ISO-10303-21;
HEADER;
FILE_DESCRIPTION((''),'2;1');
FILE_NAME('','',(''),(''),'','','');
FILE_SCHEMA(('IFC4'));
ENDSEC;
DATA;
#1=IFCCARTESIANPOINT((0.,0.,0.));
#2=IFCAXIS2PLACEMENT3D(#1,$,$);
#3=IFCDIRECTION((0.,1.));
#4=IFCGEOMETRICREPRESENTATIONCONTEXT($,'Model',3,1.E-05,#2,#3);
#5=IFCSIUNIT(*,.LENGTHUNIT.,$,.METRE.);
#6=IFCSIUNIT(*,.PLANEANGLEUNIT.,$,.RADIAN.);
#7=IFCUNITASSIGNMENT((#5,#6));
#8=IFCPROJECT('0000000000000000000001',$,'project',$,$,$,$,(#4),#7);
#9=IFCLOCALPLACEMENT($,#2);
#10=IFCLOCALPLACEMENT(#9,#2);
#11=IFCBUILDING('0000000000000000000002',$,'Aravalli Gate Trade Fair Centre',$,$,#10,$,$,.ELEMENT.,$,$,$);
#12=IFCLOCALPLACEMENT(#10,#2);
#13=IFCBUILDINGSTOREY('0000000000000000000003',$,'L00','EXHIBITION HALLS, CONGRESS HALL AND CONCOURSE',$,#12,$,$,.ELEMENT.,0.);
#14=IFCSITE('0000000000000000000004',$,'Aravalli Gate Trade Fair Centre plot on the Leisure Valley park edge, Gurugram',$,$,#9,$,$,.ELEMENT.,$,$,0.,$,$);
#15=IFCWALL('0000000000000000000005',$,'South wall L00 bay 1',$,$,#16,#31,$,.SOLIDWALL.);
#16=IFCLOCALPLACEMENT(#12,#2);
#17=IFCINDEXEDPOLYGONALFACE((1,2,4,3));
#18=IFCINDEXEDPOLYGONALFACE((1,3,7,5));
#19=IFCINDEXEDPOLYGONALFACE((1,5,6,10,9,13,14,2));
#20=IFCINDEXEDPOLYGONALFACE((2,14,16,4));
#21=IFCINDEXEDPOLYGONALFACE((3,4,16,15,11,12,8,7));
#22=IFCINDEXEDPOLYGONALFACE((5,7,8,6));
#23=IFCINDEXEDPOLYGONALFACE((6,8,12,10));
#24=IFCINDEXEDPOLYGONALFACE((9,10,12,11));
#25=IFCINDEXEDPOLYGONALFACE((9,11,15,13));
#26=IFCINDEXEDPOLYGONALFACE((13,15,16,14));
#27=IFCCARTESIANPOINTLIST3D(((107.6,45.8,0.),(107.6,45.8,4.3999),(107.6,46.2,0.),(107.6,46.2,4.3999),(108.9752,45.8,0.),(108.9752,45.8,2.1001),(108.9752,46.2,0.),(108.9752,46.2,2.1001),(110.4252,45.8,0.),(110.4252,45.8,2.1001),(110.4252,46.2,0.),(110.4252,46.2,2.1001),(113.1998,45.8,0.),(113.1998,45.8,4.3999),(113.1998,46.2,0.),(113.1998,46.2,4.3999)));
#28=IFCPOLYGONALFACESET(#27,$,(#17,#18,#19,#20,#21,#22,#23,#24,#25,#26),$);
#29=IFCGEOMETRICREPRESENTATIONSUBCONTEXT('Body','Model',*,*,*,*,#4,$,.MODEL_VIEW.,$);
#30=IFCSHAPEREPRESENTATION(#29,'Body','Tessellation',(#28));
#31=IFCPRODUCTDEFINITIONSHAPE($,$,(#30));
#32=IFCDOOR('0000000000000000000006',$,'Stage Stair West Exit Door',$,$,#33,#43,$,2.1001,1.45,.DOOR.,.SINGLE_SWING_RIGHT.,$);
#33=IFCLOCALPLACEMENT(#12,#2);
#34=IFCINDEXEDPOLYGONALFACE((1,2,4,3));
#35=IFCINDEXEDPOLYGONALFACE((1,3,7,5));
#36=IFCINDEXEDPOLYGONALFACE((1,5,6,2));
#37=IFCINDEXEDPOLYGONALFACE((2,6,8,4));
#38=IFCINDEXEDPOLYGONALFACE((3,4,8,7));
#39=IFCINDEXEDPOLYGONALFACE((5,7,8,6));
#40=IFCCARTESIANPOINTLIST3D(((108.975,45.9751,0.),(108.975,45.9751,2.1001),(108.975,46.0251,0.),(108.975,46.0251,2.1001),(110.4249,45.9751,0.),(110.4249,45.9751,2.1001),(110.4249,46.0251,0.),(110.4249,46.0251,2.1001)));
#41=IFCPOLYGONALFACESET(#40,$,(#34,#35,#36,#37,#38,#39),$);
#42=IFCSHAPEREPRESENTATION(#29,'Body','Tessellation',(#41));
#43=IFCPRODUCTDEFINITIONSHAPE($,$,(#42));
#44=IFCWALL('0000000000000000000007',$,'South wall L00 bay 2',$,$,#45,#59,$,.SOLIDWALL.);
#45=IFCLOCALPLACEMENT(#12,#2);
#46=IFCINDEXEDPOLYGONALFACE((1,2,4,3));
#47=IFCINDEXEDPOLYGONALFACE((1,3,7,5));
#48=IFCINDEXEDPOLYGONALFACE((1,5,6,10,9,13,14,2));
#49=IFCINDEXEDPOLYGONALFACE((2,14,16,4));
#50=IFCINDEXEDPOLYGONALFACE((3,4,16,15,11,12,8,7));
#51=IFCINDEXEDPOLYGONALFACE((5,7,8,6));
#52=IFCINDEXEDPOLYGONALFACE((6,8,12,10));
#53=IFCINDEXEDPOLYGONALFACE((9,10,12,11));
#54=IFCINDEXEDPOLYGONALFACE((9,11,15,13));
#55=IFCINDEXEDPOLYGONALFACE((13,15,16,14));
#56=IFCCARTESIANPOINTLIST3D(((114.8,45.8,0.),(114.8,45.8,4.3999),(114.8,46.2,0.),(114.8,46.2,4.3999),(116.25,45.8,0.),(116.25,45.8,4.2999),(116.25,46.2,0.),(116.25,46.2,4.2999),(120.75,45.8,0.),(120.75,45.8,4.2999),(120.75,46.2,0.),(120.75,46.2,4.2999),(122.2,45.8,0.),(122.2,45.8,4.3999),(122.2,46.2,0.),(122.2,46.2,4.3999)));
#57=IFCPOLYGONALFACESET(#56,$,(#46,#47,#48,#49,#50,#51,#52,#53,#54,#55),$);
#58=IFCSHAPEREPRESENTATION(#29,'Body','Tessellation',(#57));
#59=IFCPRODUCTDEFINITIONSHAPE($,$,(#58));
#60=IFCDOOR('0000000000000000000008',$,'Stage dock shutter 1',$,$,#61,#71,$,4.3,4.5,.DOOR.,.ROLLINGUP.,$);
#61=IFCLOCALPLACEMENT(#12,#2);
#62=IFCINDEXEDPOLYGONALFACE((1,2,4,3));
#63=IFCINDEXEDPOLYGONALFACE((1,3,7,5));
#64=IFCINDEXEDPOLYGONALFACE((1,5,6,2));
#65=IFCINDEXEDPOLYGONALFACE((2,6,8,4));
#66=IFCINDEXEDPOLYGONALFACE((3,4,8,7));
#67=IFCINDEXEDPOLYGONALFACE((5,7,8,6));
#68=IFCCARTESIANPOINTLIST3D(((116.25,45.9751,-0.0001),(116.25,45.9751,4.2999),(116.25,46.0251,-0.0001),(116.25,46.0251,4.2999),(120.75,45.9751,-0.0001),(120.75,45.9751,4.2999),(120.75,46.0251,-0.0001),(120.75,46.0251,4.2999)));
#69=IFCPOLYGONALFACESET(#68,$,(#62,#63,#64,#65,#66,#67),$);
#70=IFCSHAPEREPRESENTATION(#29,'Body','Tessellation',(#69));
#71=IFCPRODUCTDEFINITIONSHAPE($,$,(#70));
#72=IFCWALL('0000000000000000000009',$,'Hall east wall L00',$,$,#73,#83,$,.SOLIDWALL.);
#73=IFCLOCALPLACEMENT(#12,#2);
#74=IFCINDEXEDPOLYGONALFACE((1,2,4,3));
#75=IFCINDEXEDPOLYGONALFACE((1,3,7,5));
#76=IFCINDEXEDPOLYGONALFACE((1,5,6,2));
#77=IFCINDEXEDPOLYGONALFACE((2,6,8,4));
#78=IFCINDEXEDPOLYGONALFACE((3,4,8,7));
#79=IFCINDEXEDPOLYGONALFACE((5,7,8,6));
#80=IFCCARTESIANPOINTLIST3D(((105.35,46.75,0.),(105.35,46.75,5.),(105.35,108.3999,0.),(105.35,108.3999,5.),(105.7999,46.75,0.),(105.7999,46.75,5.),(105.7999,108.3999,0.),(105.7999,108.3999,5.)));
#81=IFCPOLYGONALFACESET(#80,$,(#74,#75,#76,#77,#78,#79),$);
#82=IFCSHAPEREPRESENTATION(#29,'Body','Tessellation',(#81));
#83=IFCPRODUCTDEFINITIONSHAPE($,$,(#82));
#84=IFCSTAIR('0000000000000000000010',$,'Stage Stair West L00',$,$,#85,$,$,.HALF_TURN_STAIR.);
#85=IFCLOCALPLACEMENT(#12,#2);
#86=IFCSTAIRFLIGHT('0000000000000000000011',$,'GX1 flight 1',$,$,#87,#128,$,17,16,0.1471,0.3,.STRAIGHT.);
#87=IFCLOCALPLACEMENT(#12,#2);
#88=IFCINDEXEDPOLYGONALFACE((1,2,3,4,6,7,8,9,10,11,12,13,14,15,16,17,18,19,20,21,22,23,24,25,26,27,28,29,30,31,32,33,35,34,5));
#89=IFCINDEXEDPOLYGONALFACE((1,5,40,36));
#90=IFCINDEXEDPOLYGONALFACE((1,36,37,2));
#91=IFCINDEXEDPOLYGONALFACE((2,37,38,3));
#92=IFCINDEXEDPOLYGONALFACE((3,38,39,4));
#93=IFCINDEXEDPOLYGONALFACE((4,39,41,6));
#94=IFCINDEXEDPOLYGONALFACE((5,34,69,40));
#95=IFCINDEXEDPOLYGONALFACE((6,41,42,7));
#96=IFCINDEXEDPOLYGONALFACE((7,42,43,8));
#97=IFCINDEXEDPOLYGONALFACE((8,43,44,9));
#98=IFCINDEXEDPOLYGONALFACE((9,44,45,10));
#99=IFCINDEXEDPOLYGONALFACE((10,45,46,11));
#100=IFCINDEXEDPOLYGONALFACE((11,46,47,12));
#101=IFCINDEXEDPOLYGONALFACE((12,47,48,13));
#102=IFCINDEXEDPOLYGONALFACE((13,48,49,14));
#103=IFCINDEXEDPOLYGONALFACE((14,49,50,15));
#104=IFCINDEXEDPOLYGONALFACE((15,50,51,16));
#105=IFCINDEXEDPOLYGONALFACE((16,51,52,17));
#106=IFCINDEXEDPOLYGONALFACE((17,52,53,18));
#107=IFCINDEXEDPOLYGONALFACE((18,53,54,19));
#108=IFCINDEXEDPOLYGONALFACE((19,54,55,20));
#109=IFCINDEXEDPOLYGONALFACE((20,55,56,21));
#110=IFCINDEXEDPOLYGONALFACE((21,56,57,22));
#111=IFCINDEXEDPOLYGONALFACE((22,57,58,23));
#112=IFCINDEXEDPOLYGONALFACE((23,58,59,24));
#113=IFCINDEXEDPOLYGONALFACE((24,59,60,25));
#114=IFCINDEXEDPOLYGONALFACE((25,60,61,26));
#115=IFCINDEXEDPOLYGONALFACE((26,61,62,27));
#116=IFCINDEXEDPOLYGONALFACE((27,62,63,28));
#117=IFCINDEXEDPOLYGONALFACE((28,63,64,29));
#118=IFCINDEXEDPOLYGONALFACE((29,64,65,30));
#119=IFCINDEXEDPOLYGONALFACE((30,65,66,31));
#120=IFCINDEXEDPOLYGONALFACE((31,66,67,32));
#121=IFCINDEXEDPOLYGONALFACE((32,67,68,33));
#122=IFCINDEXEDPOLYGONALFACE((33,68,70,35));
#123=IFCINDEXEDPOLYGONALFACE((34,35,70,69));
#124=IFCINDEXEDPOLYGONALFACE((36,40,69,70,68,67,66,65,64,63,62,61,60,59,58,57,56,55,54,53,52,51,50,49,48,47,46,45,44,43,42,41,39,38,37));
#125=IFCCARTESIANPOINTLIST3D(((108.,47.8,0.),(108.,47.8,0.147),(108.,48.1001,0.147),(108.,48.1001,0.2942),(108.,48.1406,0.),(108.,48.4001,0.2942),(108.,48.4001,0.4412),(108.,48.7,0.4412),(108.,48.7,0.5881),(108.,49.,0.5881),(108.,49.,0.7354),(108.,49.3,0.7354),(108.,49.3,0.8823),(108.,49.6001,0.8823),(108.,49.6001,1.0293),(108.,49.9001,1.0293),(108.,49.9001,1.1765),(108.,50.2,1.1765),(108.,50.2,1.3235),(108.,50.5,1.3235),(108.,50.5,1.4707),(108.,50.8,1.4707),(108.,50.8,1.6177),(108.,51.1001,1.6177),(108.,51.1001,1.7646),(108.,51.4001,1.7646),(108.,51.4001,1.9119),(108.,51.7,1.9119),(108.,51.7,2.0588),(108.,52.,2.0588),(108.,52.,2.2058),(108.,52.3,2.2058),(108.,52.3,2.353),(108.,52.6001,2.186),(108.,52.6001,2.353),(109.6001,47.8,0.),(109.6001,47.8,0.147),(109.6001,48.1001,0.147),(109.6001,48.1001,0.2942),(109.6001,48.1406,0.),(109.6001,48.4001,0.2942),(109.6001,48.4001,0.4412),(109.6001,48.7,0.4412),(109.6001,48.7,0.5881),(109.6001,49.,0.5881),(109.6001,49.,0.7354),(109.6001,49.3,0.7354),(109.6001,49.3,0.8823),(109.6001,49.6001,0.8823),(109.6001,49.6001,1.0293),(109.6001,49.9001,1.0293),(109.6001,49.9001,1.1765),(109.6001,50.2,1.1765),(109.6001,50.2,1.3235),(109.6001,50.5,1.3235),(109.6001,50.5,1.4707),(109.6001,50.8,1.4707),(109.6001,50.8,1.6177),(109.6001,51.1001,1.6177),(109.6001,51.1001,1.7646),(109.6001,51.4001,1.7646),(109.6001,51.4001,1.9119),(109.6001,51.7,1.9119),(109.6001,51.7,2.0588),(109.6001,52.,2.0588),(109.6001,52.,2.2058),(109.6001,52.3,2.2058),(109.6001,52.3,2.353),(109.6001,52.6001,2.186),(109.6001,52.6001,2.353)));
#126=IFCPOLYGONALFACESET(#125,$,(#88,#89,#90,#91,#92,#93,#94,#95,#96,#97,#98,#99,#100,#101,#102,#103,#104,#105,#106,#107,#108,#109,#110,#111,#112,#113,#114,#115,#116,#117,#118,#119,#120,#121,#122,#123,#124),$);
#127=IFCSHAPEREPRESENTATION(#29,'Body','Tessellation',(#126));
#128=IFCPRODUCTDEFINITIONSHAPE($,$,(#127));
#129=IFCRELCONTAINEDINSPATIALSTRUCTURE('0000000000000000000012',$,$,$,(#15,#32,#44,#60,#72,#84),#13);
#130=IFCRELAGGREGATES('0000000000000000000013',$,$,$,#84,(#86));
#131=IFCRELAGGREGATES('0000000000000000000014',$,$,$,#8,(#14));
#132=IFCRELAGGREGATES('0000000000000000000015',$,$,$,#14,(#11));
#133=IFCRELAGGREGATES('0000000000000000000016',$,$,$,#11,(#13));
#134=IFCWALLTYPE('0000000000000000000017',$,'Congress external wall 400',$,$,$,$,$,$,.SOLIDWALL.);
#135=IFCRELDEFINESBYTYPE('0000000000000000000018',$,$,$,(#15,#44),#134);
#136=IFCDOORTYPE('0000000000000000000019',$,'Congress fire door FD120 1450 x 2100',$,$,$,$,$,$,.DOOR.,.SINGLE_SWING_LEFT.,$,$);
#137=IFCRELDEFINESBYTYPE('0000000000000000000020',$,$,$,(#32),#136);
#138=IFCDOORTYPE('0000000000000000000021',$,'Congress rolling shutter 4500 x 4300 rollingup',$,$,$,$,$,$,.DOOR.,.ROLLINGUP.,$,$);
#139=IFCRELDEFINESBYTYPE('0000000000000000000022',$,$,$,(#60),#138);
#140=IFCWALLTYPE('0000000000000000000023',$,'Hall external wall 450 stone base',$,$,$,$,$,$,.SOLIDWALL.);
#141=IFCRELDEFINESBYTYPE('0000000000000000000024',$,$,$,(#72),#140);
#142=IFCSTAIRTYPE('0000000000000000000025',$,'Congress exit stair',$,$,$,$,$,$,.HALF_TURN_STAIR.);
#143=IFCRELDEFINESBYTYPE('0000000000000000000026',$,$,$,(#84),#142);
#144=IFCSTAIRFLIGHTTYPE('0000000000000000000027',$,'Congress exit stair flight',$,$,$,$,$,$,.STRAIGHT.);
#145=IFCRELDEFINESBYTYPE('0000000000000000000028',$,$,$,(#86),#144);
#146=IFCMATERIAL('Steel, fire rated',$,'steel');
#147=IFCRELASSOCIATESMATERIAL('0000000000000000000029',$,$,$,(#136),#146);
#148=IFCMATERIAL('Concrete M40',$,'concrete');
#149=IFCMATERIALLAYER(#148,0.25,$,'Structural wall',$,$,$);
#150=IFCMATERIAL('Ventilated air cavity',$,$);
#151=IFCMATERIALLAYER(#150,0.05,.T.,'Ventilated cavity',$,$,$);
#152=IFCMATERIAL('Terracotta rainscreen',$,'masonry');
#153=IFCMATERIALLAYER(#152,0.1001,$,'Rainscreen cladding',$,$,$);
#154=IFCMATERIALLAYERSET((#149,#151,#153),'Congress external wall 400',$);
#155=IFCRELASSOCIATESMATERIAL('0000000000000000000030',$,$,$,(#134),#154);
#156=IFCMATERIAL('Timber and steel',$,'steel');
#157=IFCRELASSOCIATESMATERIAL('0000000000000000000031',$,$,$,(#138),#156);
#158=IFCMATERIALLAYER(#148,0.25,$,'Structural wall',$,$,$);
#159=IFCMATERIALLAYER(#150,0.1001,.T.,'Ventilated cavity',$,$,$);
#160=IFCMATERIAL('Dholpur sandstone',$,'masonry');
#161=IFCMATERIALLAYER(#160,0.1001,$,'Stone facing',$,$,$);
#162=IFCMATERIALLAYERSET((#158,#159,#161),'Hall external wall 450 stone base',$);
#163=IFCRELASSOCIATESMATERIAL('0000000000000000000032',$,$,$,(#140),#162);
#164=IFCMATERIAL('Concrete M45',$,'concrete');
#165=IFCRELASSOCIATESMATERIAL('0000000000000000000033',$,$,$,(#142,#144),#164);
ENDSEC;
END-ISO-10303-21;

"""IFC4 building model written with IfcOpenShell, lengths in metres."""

from ifc_helpers import new_model, si_unit, direction, frame, frame_2d, origin, place, context, subcontext, project, spatial, polyline, rectangle, outline, extrude, material, layer, layer_set, type_object, element, fill, aggregate, save


model = new_model("IFC4")

# Units and contexts
model_context = context("Model", 3, precision=1e-05, world=origin(), true_north=direction((0.0, 1.0)))
body_context = subcontext(model_context, "Body", "Model", "MODEL_VIEW")
ifc_project = project(units=[si_unit("LENGTHUNIT", "METRE"), si_unit("PLANEANGLEUNIT", "RADIAN")], contexts=[model_context])

# Site, building, storey
site_placement = place(None, origin())
site = spatial("IfcSite", under=ifc_project, at=site_placement, Name="Aravalli Gate Trade Fair Centre plot on the Leisure Valley park edge, Gurugram", CompositionType="ELEMENT", RefElevation=0.0)
building_placement = place(site_placement, origin())
building = spatial("IfcBuilding", under=site, at=building_placement, Name="Aravalli Gate Trade Fair Centre", CompositionType="ELEMENT")
storey_placement = place(building_placement, origin())
storey = spatial("IfcBuildingStorey", under=building, at=storey_placement, Name="L00", Description="EXHIBITION HALLS, CONGRESS HALL AND CONCOURSE", CompositionType="ELEMENT", Elevation=0.0)

# Shared definitions
ifc_material_1 = material(Name="Concrete M45", Category="concrete")

# Shared definitions
ifc_material_2 = material(Name="Concrete M40", Category="concrete")

# Shared definitions
ifc_material_3 = material(Name="Steel, fire rated", Category="steel")
door_type_1 = type_object("IfcDoorType", Name="Congress fire door FD120 1450 x 2100", OperationType="SINGLE_SWING_LEFT", PredefinedType="DOOR", material=ifc_material_3)

# Shared definitions
ifc_layer_1 = layer(ifc_material_2, 0.25, Name="Structural wall")
ifc_material_4 = material(Name="Ventilated air cavity")
ifc_layer_2 = layer(ifc_material_4, 0.05, ventilated=True, Name="Ventilated cavity")
ifc_material_5 = material(Name="Terracotta rainscreen", Category="masonry")
ifc_layer_3 = layer(ifc_material_5, 0.1001, Name="Rainscreen cladding")
ifc_layer_set_1 = layer_set([ifc_layer_1, ifc_layer_2, ifc_layer_3], Name="Congress external wall 400")
wall_type_1 = type_object("IfcWallType", Name="Congress external wall 400", PredefinedType="SOLIDWALL", material=ifc_layer_set_1)

# Walls, openings, doors
wall_1_placement = place(storey_placement, frame((107.6001, 46.0, 0.0), z_axis=(0.0, 0.0, 1.0), x_axis=(1.0, 0.0, 0.0)))
wall_1 = element("IfcWall", 1, at=wall_1_placement, inside=storey, type_object=wall_type_1, Name="South wall L00 bay 1", PredefinedType="SOLIDWALL", context=body_context, shape_type="SweptSolid", body=[
    extrude(rectangle(XDim=5.5999, YDim=0.3999, at=frame_2d((2.7998, 0.0))), origin(), (0.0, 0.0, 1.0), 4.3999),
])
opening_1_placement = place(wall_1_placement, frame((1.375, 0.0, 0.0)))
opening_1 = element("IfcOpeningElement", 2, at=opening_1_placement, cuts=wall_1, PredefinedType="OPENING", context=body_context, shape_type="SweptSolid", body=[
    extrude(rectangle(XDim=1.45, YDim=2.1001, at=frame_2d((0.7251, 1.05))), frame((0.0, 0.21, 0.0), z_axis=(0.0, -1.0, 0.0), x_axis=(1.0, 0.0, 0.0)), (0.0, 0.0, 1.0), 0.4199),
])
door_1_placement = place(opening_1_placement, frame((1.45, 0.0, 0.0), z_axis=(0.0, 0.0, 1.0), x_axis=(-1.0, 0.0, 0.0)))
door_1 = element("IfcDoor", 3, at=door_1_placement, inside=storey, type_object=door_type_1, Name="Stage Stair West Exit Door", OperationType="SINGLE_SWING_RIGHT", OverallHeight=2.1001, OverallWidth=1.45, PredefinedType="DOOR", context=body_context, shape_type="SweptSolid", body=[
    extrude(rectangle(XDim=1.45, YDim=2.1001, at=frame_2d((0.7251, 1.05))), frame((0.0, 0.0249, 0.0), z_axis=(0.0, -1.0, 0.0), x_axis=(1.0, 0.0, 0.0)), (0.0, 0.0, 1.0), 0.05),
])
fill(opening_1, door_1)
wall_2_placement = place(storey_placement, frame((114.8, 46.0, 0.0), z_axis=(0.0, 0.0, 1.0), x_axis=(1.0, 0.0, 0.0)))
wall_2 = element("IfcWall", 4, at=wall_2_placement, inside=storey, type_object=wall_type_1, Name="South wall L00 bay 2", PredefinedType="SOLIDWALL", context=body_context, shape_type="SweptSolid", body=[
    extrude(rectangle(XDim=7.3999, YDim=0.3999, at=frame_2d((3.7, 0.0))), origin(), (0.0, 0.0, 1.0), 4.3999),
])
opening_2_placement = place(wall_2_placement, frame((1.45, 0.0, 0.0)))
opening_2 = element("IfcOpeningElement", 5, at=opening_2_placement, cuts=wall_2, PredefinedType="OPENING", context=body_context, shape_type="SweptSolid", body=[
    extrude(rectangle(XDim=4.5, YDim=4.3, at=frame_2d((2.25, 2.1499))), frame((0.0, 0.21, 0.0), z_axis=(0.0, -1.0, 0.0), x_axis=(1.0, 0.0, 0.0)), (0.0, 0.0, 1.0), 0.4199),
])
ifc_material_6 = material(Name="Timber and steel", Category="steel")
door_type_2 = type_object("IfcDoorType", Name="Congress rolling shutter 4500 x 4300 rollingup", OperationType="ROLLINGUP", PredefinedType="DOOR", material=ifc_material_6)
door_2_placement = place(opening_2_placement, frame((4.5, 0.0, 0.0), z_axis=(0.0, 0.0, 1.0), x_axis=(-1.0, 0.0, 0.0)))
door_2 = element("IfcDoor", 6, at=door_2_placement, inside=storey, type_object=door_type_2, Name="Stage dock shutter 1", OperationType="ROLLINGUP", OverallHeight=4.3, OverallWidth=4.5, PredefinedType="DOOR", context=body_context, shape_type="SweptSolid", body=[
    extrude(rectangle(XDim=4.5, YDim=4.3, at=frame_2d((2.25, 2.1499))), frame((0.0, 0.0249, 0.0), z_axis=(0.0, -1.0, 0.0), x_axis=(1.0, 0.0, 0.0)), (0.0, 0.0, 1.0), 0.05),
])
fill(opening_2, door_2)

# Wall
ifc_layer_4 = layer(ifc_material_2, 0.25, Name="Structural wall")
ifc_layer_5 = layer(ifc_material_4, 0.1001, ventilated=True, Name="Ventilated cavity")
ifc_material_7 = material(Name="Dholpur sandstone", Category="masonry")
ifc_layer_6 = layer(ifc_material_7, 0.1001, Name="Stone facing")
ifc_layer_set_2 = layer_set([ifc_layer_4, ifc_layer_5, ifc_layer_6], Name="Hall external wall 450 stone base")
wall_type_2 = type_object("IfcWallType", Name="Hall external wall 450 stone base", PredefinedType="SOLIDWALL", material=ifc_layer_set_2)
wall_3_placement = place(storey_placement, frame((105.575, 46.75, 0.0), z_axis=(0.0, 0.0, 1.0), x_axis=(0.0, 1.0, 0.0)))
element("IfcWall", 7, at=wall_3_placement, inside=storey, type_object=wall_type_2, Name="Hall east wall L00", PredefinedType="SOLIDWALL", context=body_context, shape_type="SweptSolid", body=[
    extrude(rectangle(XDim=61.6499, YDim=0.45, at=frame_2d((30.825, 0.0))), origin(), (0.0, 0.0, 1.0), 5.0),
])

# Stair, stair flight
stair_type = type_object("IfcStairType", Name="Congress exit stair", PredefinedType="HALF_TURN_STAIR", material=ifc_material_1)
stair_placement = place(storey_placement, origin())
stair = element("IfcStair", 8, at=stair_placement, inside=storey, type_object=stair_type, Name="Stage Stair West L00", PredefinedType="HALF_TURN_STAIR")
stair_flight_type = type_object("IfcStairFlightType", Name="Congress exit stair flight", PredefinedType="STRAIGHT", material=ifc_material_1)
stair_flight_1_placement = place(storey_placement, frame((108.8, 47.8, 0.0), z_axis=(0.0, 0.0, 1.0), x_axis=(0.0, 1.0, 0.0)))
stair_flight_1 = element("IfcStairFlight", 9, at=stair_flight_1_placement, type_object=stair_flight_type, Name="GX1 flight 1", NumberOfRisers=17, NumberOfTreads=16, PredefinedType="STRAIGHT", RiserHeight=0.1471, TreadLength=0.3, context=body_context, shape_type="SweptSolid", body=[
    extrude(outline(polyline([(0.0, 0.0), (0.0, 0.147), (0.3, 0.147), (0.3, 0.2942), (0.6001, 0.2942), (0.6001, 0.4412), (0.8999, 0.4412), (0.8999, 0.5881), (1.2, 0.5881), (1.2, 0.7354), (1.5, 0.7354), (1.5, 0.8823), (1.8, 0.8823), (1.8, 1.0293), (2.1001, 1.0293), (2.1001, 1.1765), (2.3999, 1.1765), (2.3999, 1.3235), (2.7, 1.3235), (2.7, 1.4707), (3.0, 1.4707), (3.0, 1.6177), (3.3, 1.6177), (3.3, 1.7646), (3.6001, 1.7646), (3.6001, 1.9119), (3.8999, 1.9119), (3.8999, 2.0588), (4.2, 2.0588), (4.2, 2.2058), (4.5, 2.2058), (4.5, 2.353), (4.8, 2.353), (4.8, 2.5), (4.8, 2.186), (0.3406, 0.0), (0.0, 0.0)])), frame((0.0, 0.8, 0.0), z_axis=(0.0, -1.0, 0.0), x_axis=(1.0, 0.0, 0.0)), (0.0, 0.0, 1.0), 1.6001),
])
aggregate(stair, [stair_flight_1])

save(model, "model.ifc")
